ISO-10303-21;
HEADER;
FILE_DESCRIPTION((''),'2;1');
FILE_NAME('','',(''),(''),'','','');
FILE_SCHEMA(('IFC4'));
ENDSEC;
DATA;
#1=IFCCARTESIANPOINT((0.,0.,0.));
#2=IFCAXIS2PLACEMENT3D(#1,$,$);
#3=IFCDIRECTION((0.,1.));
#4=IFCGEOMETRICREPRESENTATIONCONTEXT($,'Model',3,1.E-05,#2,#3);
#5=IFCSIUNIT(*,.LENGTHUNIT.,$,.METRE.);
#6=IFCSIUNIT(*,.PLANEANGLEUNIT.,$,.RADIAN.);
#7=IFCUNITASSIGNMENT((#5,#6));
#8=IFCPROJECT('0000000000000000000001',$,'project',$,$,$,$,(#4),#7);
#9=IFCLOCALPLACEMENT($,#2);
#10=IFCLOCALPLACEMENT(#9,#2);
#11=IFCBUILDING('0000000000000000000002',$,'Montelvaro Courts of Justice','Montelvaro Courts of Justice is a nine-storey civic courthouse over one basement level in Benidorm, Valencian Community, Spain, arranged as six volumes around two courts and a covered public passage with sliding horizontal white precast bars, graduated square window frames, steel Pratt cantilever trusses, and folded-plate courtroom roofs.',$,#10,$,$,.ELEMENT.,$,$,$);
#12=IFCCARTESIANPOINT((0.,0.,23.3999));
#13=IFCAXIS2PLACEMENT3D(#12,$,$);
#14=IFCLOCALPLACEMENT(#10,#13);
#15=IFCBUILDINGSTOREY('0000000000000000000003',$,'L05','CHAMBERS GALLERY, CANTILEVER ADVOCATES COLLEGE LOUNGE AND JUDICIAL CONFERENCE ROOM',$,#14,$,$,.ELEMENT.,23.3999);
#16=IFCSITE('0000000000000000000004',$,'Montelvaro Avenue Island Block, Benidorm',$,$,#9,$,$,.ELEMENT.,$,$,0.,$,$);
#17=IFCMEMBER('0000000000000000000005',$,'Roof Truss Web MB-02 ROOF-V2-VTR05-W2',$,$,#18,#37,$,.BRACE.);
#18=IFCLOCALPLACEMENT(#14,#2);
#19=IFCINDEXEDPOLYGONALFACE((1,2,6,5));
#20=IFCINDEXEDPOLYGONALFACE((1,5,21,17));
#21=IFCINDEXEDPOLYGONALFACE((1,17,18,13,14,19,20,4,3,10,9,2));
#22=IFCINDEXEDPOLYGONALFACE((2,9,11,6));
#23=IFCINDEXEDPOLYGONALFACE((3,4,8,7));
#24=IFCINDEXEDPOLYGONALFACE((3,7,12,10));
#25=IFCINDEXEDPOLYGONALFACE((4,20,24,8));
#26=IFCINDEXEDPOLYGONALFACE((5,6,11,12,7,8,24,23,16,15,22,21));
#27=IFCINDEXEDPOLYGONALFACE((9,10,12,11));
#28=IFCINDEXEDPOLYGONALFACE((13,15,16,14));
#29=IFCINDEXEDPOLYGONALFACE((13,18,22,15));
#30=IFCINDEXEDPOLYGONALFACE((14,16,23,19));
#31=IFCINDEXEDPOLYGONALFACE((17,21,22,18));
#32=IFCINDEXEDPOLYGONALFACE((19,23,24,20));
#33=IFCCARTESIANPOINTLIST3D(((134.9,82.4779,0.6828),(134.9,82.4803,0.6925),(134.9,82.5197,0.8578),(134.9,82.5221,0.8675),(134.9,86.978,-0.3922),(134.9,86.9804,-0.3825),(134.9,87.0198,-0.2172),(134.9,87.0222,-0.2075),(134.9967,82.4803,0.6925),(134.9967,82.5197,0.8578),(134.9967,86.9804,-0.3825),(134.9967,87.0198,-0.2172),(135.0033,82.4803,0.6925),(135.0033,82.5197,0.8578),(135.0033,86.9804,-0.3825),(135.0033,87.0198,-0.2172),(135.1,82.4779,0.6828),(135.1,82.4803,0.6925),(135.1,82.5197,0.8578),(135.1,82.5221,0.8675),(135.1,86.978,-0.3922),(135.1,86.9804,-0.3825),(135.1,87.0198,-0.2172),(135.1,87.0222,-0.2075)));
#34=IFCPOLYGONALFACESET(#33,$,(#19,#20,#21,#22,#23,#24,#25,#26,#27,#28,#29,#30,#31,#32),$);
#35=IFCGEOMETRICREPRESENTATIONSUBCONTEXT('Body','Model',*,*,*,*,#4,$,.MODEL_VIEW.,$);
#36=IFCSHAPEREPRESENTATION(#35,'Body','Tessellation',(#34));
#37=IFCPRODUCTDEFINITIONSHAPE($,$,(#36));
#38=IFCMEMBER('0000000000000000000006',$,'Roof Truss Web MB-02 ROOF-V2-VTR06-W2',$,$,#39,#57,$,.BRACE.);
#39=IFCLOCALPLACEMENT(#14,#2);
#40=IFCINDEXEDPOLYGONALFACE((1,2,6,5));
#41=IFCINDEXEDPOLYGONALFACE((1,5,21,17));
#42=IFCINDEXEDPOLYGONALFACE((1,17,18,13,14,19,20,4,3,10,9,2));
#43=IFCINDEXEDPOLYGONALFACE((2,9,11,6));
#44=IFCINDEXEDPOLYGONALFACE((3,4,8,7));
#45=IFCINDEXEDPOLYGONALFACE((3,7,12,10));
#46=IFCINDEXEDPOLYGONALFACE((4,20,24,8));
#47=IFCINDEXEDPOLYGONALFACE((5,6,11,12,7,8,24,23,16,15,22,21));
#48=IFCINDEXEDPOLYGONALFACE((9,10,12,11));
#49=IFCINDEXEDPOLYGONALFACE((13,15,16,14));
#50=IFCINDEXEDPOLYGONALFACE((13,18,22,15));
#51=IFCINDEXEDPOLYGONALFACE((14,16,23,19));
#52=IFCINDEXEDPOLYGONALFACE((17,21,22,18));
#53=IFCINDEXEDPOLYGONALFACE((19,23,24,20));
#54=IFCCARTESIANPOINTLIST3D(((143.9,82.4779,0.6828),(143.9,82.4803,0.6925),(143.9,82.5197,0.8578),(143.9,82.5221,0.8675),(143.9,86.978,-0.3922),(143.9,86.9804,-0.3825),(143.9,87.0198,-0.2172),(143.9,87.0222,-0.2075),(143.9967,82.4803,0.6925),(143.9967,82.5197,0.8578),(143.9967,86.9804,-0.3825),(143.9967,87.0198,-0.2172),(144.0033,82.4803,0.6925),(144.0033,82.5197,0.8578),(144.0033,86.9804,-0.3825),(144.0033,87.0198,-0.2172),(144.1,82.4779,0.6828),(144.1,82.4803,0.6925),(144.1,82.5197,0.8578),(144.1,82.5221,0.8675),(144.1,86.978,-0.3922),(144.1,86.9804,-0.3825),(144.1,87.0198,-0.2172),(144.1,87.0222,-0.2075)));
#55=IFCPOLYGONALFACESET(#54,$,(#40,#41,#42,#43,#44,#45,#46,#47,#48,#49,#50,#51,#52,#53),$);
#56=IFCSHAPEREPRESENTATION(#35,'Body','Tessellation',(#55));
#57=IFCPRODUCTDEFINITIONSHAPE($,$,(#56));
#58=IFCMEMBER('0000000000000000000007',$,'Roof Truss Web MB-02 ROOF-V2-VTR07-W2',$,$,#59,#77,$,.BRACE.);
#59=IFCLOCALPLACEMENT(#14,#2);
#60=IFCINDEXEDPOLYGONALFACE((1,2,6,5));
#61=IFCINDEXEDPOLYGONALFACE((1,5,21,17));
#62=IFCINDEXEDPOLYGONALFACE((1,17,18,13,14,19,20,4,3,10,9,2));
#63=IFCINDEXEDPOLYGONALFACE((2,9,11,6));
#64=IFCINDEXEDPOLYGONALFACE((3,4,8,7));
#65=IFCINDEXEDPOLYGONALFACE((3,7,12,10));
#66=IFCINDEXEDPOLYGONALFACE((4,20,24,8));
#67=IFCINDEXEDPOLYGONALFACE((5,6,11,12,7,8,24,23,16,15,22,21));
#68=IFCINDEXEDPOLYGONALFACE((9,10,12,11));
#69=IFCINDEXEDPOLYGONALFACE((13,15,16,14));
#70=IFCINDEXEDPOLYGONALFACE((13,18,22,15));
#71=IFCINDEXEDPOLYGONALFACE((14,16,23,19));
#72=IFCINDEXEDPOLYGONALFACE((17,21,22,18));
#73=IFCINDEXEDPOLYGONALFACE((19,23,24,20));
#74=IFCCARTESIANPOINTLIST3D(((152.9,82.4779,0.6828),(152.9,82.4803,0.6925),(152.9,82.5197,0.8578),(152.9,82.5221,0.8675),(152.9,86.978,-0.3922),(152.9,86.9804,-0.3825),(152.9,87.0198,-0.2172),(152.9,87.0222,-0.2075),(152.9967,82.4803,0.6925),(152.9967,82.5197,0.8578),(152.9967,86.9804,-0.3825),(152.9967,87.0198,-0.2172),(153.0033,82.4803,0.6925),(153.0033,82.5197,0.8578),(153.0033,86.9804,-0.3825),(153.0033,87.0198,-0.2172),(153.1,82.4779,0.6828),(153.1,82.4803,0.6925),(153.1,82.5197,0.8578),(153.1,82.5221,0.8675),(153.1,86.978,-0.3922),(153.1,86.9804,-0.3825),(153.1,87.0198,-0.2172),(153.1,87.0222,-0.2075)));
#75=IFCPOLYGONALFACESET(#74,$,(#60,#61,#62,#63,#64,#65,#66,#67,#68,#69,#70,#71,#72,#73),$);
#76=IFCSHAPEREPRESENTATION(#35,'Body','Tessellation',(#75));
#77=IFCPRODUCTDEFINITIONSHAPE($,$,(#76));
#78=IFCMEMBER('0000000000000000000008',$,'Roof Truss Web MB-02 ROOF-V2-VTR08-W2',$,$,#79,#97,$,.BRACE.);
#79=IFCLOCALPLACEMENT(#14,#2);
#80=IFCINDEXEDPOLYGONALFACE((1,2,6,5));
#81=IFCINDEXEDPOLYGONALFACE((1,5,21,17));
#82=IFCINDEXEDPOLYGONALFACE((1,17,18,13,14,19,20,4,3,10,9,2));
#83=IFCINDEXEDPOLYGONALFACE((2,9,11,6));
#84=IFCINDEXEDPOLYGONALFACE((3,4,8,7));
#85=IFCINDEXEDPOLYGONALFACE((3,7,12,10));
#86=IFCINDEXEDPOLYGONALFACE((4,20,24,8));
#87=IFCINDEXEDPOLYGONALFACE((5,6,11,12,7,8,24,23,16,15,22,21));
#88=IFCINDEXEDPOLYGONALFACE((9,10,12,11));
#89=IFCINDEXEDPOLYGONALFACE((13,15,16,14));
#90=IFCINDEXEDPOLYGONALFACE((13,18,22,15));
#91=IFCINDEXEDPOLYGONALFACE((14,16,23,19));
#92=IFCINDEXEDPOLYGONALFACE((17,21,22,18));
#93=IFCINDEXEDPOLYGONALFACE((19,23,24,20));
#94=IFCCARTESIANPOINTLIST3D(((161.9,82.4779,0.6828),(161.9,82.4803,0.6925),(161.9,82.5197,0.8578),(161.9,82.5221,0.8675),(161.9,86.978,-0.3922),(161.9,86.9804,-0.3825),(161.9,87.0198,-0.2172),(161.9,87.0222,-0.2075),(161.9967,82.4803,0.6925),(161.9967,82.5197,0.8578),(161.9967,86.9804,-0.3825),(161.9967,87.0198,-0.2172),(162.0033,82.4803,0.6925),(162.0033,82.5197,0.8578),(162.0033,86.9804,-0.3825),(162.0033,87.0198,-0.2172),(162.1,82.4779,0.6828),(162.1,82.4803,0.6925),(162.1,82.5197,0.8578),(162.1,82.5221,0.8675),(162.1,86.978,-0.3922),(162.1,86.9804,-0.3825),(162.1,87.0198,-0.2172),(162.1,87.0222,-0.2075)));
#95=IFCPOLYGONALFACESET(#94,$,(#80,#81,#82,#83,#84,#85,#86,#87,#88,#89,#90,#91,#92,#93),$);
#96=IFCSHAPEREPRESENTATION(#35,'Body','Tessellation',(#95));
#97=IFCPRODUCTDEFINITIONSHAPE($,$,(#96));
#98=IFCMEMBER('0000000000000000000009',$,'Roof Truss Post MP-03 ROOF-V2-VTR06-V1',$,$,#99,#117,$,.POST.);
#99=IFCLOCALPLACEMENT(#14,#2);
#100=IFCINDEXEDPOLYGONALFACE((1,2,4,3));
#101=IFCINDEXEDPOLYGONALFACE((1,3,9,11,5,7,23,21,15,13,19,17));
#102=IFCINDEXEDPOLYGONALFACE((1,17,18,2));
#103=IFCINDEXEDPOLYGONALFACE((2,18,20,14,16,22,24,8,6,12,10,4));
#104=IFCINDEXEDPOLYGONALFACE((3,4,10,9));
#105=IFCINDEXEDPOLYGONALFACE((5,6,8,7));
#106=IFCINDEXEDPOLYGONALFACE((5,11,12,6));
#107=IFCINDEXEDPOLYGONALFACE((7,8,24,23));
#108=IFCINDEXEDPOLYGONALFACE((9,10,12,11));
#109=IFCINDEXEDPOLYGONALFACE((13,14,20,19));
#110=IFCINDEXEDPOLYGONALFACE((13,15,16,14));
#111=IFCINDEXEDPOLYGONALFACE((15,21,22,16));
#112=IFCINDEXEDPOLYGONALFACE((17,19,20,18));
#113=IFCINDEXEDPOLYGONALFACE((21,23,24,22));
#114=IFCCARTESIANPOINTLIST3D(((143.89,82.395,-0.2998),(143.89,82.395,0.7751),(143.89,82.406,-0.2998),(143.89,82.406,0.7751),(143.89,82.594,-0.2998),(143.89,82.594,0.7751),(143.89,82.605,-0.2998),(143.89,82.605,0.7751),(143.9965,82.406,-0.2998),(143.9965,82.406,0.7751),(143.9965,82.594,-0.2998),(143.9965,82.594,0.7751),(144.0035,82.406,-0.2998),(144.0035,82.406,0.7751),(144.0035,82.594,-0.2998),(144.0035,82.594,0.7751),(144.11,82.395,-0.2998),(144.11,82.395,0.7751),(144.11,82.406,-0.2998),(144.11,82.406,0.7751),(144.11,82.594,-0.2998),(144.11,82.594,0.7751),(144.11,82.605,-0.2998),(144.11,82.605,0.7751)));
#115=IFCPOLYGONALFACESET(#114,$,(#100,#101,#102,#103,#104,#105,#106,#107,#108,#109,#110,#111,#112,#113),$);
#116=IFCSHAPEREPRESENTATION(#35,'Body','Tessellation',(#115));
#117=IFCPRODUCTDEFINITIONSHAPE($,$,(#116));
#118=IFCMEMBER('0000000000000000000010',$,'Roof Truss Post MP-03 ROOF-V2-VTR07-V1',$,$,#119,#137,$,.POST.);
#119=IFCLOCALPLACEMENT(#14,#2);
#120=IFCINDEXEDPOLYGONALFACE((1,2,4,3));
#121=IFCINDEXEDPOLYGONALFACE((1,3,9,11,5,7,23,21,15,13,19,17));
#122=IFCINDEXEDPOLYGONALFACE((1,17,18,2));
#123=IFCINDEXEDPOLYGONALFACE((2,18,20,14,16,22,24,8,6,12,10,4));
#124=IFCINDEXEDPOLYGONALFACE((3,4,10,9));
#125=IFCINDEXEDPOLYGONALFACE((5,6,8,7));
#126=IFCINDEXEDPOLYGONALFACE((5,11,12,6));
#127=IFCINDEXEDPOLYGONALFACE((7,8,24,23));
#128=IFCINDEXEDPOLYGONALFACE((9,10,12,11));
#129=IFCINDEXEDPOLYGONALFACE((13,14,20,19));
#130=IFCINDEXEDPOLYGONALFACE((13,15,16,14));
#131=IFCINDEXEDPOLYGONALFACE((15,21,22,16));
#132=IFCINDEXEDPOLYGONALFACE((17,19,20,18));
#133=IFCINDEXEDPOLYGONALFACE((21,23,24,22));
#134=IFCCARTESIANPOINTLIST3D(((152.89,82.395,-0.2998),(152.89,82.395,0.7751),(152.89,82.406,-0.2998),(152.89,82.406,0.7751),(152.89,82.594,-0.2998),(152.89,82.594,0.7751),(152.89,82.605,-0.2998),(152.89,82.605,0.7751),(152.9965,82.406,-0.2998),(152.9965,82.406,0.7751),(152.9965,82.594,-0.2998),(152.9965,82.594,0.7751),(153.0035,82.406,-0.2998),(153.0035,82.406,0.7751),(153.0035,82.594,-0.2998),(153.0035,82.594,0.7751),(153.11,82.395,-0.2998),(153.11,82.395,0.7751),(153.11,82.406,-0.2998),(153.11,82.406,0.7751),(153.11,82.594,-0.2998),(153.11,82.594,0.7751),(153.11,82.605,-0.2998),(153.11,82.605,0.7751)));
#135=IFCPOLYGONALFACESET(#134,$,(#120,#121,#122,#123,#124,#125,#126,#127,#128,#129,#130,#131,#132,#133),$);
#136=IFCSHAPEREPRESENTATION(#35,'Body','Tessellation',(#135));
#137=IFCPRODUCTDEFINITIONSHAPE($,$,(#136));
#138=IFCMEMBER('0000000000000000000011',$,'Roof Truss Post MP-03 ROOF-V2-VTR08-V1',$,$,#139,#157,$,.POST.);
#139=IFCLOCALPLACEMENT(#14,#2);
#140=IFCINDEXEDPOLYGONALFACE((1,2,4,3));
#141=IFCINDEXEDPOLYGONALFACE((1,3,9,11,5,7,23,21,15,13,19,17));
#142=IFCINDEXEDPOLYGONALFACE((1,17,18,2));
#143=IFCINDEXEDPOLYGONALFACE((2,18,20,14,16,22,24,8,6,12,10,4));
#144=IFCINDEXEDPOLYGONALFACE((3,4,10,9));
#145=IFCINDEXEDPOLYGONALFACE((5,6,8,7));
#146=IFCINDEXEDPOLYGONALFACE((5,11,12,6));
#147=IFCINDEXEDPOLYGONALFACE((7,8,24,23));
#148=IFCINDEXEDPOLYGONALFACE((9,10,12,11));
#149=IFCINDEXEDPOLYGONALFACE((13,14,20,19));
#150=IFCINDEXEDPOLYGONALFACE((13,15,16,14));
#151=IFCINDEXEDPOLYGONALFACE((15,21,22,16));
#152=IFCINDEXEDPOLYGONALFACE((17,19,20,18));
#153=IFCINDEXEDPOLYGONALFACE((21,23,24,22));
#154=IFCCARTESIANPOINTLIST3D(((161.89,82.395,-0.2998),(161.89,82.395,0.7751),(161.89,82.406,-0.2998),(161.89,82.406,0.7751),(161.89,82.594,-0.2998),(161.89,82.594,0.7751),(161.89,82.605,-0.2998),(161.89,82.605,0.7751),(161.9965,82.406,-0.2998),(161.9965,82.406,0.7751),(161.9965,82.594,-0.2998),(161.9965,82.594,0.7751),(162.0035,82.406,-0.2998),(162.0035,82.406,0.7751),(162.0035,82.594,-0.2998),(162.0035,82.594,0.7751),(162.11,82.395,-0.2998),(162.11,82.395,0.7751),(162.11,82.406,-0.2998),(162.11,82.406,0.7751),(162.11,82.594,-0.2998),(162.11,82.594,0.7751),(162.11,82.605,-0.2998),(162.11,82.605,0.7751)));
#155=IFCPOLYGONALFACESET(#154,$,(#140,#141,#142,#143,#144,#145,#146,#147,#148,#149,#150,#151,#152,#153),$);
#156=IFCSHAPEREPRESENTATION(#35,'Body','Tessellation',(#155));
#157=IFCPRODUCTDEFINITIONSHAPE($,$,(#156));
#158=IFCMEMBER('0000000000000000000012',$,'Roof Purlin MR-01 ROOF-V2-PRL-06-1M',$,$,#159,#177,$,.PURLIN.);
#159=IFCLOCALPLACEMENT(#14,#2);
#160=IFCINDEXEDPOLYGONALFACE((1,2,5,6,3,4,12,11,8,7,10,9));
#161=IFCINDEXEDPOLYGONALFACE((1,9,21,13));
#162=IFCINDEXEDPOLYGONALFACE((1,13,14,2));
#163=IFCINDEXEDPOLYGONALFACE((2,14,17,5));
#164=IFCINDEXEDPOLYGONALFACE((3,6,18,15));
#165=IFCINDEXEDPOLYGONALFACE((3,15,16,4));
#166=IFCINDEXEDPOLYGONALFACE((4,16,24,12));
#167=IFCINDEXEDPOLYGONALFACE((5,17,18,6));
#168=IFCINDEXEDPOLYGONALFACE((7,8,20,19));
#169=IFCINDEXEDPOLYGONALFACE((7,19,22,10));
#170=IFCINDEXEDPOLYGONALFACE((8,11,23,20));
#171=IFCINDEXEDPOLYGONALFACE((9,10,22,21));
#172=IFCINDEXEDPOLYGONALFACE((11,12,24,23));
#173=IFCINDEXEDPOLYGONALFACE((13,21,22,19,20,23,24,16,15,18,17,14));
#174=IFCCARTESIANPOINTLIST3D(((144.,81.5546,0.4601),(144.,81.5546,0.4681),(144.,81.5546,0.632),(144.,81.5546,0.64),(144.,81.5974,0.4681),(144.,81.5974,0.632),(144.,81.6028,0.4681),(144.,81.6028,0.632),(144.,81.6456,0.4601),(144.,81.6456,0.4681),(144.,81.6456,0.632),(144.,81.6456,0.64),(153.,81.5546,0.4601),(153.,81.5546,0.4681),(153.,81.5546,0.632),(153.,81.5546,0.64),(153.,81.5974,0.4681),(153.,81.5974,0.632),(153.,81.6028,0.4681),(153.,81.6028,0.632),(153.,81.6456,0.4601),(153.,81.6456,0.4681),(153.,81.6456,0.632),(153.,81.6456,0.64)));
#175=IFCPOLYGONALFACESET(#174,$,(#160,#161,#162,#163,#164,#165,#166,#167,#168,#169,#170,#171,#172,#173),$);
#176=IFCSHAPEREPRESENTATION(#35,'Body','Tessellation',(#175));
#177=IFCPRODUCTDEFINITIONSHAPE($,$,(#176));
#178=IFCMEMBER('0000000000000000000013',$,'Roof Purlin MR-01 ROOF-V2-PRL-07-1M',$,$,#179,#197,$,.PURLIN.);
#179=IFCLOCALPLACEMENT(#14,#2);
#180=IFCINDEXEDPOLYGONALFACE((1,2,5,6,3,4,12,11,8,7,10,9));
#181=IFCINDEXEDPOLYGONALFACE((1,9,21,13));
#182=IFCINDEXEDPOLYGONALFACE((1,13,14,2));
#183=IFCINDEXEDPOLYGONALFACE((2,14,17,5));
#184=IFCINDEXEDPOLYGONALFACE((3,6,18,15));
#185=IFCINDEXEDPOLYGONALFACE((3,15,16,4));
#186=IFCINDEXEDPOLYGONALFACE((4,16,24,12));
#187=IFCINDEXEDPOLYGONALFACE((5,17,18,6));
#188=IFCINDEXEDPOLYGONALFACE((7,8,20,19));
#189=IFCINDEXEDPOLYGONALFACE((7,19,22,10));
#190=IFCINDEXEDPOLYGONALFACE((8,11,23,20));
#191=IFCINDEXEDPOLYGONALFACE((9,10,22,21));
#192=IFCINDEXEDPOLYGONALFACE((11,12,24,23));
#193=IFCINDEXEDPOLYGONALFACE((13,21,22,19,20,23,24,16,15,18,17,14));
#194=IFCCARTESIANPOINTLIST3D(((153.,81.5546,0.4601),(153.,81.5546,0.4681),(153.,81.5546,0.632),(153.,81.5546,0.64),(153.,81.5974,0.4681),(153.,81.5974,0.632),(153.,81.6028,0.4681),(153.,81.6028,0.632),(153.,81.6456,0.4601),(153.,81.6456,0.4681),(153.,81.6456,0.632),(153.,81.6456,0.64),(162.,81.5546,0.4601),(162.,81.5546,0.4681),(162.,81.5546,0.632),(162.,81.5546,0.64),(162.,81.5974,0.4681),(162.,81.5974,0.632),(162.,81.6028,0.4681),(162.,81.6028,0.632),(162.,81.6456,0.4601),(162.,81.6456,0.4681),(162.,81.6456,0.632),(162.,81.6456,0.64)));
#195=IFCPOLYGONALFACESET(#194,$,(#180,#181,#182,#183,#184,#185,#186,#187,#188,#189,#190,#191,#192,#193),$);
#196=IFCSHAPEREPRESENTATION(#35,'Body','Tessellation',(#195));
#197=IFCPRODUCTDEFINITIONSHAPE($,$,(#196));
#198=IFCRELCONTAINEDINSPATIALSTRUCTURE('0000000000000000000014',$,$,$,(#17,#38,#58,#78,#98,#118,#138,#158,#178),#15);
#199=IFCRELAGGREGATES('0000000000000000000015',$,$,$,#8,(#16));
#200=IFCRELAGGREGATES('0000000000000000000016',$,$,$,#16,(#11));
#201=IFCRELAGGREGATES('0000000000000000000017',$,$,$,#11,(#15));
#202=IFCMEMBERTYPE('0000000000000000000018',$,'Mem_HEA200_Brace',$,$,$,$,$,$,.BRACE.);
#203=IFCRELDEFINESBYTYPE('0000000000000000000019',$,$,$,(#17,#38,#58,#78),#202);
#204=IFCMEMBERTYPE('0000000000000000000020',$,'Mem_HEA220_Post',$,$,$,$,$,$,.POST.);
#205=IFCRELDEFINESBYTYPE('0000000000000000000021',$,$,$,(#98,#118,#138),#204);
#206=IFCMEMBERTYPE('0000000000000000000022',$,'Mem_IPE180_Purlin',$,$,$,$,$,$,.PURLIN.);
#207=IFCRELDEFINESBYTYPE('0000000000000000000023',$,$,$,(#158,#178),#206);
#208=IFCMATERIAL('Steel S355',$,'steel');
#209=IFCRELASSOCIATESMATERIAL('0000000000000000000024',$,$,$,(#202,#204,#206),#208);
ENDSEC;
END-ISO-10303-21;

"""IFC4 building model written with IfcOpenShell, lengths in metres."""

from ifc_helpers import new_model, si_unit, direction, frame, origin, origin_2d, place, context, subcontext, project, spatial, i_section, extrude, material, material_profile, profile_set, type_object, element, save


model = new_model("IFC4")

# Units and contexts
model_context = context("Model", 3, precision=1e-05, world=origin(), true_north=direction((0.0, 1.0)))
body_context = subcontext(model_context, "Body", "Model", "MODEL_VIEW")
ifc_project = project(units=[si_unit("LENGTHUNIT", "METRE"), si_unit("PLANEANGLEUNIT", "RADIAN")], contexts=[model_context])

# Site, building, storey
site_placement = place(None, origin())
site = spatial("IfcSite", under=ifc_project, at=site_placement, Name="Montelvaro Avenue Island Block, Benidorm", CompositionType="ELEMENT", RefElevation=0.0)
building_placement = place(site_placement, origin())
building = spatial("IfcBuilding", under=site, at=building_placement, Name="Montelvaro Courts of Justice", Description="Montelvaro Courts of Justice is a nine-storey civic courthouse over one basement level in Benidorm, Valencian Community, Spain, arranged as six volumes around two courts and a covered public passage with sliding horizontal white precast bars, graduated square window frames, steel Pratt cantilever trusses, and folded-plate courtroom roofs.", CompositionType="ELEMENT")
storey_placement = place(building_placement, frame((0.0, 0.0, 23.3999)))
storey = spatial("IfcBuildingStorey", under=building, at=storey_placement, Name="L05", Description="CHAMBERS GALLERY, CANTILEVER ADVOCATES COLLEGE LOUNGE AND JUDICIAL CONFERENCE ROOM", CompositionType="ELEMENT", Elevation=23.3999)

# Members
ifc_material_1 = material(Name="Steel S355", Category="steel")
ifc_material_profile_1 = material_profile(ifc_material_1, i_section(OverallWidth=0.2, OverallDepth=0.1899, WebThickness=0.0066, FlangeThickness=0.01, at=origin_2d()), Name="HEA 200")
ifc_profile_set_1 = profile_set([ifc_material_profile_1], Name="Steel S355")
member_type_1 = type_object("IfcMemberType", Name="Mem_HEA200_Brace", PredefinedType="BRACE", material=ifc_profile_set_1)
for number, where, z_axis, x_axis, name in (
    (1, (135.0, 82.5, 0.7751), (0.0, 0.972634, -0.232341), (-1.0, 0.0, 0.0), "Roof Truss Web MB-02 ROOF-V2-VTR05-W2"),
    (2, (144.0, 82.5, 0.7751), (0.0, 0.972634, -0.232341), (-1.0, 0.0, 0.0), "Roof Truss Web MB-02 ROOF-V2-VTR06-W2"),
    (3, (153.0, 82.5, 0.7751), (0.0, 0.972634, -0.232341), (-1.0, 0.0, 0.0), "Roof Truss Web MB-02 ROOF-V2-VTR07-W2"),
    (4, (162.0, 82.5, 0.7751), (0.0, 0.972634, -0.232341), (-1.0, 0.0, 0.0), "Roof Truss Web MB-02 ROOF-V2-VTR08-W2"),
):
    element("IfcMember", number, at=place(storey_placement, frame(where, z_axis=z_axis, x_axis=x_axis)), inside=storey, type_object=member_type_1, Name=name, PredefinedType="BRACE", context=body_context, shape_type="SweptSolid", body=[
        extrude(i_section(OverallWidth=0.2, OverallDepth=0.1899, WebThickness=0.0066, FlangeThickness=0.01, at=origin_2d()), origin(), (0.0, 0.0, 1.0), 4.6267),
    ])
ifc_material_profile_2 = material_profile(ifc_material_1, i_section(OverallWidth=0.22, OverallDepth=0.21, WebThickness=0.0071, FlangeThickness=0.011, at=origin_2d()), Name="HEA 220")
ifc_profile_set_2 = profile_set([ifc_material_profile_2], Name="Steel S355")
member_type_2 = type_object("IfcMemberType", Name="Mem_HEA220_Post", PredefinedType="POST", material=ifc_profile_set_2)
for number, where, z_axis, x_axis, name in (
    (5, (144.0, 82.5, -0.2998), (0.0, 0.0, 1.0), (1.0, 0.0, 0.0), "Roof Truss Post MP-03 ROOF-V2-VTR06-V1"),
    (6, (153.0, 82.5, -0.2998), (0.0, 0.0, 1.0), (1.0, 0.0, 0.0), "Roof Truss Post MP-03 ROOF-V2-VTR07-V1"),
    (7, (162.0, 82.5, -0.2998), (0.0, 0.0, 1.0), (1.0, 0.0, 0.0), "Roof Truss Post MP-03 ROOF-V2-VTR08-V1"),
):
    element("IfcMember", number, at=place(storey_placement, frame(where, z_axis=z_axis, x_axis=x_axis)), inside=storey, type_object=member_type_2, Name=name, PredefinedType="POST", context=body_context, shape_type="SweptSolid", body=[
        extrude(i_section(OverallWidth=0.22, OverallDepth=0.21, WebThickness=0.0071, FlangeThickness=0.011, at=origin_2d()), origin(), (0.0, 0.0, 1.0), 1.075),
    ])
ifc_material_profile_3 = material_profile(ifc_material_1, i_section(OverallWidth=0.0911, OverallDepth=0.1799, WebThickness=0.0054, FlangeThickness=0.0081, at=origin_2d()), Name="IPE 180")
ifc_profile_set_3 = profile_set([ifc_material_profile_3], Name="Steel S355")
member_type_3 = type_object("IfcMemberType", Name="Mem_IPE180_Purlin", PredefinedType="PURLIN", material=ifc_profile_set_3)
for number, where, z_axis, x_axis, name in (
    (8, (144.0, 81.6001, 0.55), (1.0, 0.0, 0.0), (0.0, 1.0, 0.0), "Roof Purlin MR-01 ROOF-V2-PRL-06-1M"),
    (9, (153.0, 81.6001, 0.55), (1.0, 0.0, 0.0), (0.0, 1.0, 0.0), "Roof Purlin MR-01 ROOF-V2-PRL-07-1M"),
):
    element("IfcMember", number, at=place(storey_placement, frame(where, z_axis=z_axis, x_axis=x_axis)), inside=storey, type_object=member_type_3, Name=name, PredefinedType="PURLIN", context=body_context, shape_type="SweptSolid", body=[
        extrude(i_section(OverallWidth=0.0911, OverallDepth=0.1799, WebThickness=0.0054, FlangeThickness=0.0081, at=origin_2d()), origin(), (0.0, 0.0, 1.0), 9.0),
    ])

save(model, "model.ifc")
